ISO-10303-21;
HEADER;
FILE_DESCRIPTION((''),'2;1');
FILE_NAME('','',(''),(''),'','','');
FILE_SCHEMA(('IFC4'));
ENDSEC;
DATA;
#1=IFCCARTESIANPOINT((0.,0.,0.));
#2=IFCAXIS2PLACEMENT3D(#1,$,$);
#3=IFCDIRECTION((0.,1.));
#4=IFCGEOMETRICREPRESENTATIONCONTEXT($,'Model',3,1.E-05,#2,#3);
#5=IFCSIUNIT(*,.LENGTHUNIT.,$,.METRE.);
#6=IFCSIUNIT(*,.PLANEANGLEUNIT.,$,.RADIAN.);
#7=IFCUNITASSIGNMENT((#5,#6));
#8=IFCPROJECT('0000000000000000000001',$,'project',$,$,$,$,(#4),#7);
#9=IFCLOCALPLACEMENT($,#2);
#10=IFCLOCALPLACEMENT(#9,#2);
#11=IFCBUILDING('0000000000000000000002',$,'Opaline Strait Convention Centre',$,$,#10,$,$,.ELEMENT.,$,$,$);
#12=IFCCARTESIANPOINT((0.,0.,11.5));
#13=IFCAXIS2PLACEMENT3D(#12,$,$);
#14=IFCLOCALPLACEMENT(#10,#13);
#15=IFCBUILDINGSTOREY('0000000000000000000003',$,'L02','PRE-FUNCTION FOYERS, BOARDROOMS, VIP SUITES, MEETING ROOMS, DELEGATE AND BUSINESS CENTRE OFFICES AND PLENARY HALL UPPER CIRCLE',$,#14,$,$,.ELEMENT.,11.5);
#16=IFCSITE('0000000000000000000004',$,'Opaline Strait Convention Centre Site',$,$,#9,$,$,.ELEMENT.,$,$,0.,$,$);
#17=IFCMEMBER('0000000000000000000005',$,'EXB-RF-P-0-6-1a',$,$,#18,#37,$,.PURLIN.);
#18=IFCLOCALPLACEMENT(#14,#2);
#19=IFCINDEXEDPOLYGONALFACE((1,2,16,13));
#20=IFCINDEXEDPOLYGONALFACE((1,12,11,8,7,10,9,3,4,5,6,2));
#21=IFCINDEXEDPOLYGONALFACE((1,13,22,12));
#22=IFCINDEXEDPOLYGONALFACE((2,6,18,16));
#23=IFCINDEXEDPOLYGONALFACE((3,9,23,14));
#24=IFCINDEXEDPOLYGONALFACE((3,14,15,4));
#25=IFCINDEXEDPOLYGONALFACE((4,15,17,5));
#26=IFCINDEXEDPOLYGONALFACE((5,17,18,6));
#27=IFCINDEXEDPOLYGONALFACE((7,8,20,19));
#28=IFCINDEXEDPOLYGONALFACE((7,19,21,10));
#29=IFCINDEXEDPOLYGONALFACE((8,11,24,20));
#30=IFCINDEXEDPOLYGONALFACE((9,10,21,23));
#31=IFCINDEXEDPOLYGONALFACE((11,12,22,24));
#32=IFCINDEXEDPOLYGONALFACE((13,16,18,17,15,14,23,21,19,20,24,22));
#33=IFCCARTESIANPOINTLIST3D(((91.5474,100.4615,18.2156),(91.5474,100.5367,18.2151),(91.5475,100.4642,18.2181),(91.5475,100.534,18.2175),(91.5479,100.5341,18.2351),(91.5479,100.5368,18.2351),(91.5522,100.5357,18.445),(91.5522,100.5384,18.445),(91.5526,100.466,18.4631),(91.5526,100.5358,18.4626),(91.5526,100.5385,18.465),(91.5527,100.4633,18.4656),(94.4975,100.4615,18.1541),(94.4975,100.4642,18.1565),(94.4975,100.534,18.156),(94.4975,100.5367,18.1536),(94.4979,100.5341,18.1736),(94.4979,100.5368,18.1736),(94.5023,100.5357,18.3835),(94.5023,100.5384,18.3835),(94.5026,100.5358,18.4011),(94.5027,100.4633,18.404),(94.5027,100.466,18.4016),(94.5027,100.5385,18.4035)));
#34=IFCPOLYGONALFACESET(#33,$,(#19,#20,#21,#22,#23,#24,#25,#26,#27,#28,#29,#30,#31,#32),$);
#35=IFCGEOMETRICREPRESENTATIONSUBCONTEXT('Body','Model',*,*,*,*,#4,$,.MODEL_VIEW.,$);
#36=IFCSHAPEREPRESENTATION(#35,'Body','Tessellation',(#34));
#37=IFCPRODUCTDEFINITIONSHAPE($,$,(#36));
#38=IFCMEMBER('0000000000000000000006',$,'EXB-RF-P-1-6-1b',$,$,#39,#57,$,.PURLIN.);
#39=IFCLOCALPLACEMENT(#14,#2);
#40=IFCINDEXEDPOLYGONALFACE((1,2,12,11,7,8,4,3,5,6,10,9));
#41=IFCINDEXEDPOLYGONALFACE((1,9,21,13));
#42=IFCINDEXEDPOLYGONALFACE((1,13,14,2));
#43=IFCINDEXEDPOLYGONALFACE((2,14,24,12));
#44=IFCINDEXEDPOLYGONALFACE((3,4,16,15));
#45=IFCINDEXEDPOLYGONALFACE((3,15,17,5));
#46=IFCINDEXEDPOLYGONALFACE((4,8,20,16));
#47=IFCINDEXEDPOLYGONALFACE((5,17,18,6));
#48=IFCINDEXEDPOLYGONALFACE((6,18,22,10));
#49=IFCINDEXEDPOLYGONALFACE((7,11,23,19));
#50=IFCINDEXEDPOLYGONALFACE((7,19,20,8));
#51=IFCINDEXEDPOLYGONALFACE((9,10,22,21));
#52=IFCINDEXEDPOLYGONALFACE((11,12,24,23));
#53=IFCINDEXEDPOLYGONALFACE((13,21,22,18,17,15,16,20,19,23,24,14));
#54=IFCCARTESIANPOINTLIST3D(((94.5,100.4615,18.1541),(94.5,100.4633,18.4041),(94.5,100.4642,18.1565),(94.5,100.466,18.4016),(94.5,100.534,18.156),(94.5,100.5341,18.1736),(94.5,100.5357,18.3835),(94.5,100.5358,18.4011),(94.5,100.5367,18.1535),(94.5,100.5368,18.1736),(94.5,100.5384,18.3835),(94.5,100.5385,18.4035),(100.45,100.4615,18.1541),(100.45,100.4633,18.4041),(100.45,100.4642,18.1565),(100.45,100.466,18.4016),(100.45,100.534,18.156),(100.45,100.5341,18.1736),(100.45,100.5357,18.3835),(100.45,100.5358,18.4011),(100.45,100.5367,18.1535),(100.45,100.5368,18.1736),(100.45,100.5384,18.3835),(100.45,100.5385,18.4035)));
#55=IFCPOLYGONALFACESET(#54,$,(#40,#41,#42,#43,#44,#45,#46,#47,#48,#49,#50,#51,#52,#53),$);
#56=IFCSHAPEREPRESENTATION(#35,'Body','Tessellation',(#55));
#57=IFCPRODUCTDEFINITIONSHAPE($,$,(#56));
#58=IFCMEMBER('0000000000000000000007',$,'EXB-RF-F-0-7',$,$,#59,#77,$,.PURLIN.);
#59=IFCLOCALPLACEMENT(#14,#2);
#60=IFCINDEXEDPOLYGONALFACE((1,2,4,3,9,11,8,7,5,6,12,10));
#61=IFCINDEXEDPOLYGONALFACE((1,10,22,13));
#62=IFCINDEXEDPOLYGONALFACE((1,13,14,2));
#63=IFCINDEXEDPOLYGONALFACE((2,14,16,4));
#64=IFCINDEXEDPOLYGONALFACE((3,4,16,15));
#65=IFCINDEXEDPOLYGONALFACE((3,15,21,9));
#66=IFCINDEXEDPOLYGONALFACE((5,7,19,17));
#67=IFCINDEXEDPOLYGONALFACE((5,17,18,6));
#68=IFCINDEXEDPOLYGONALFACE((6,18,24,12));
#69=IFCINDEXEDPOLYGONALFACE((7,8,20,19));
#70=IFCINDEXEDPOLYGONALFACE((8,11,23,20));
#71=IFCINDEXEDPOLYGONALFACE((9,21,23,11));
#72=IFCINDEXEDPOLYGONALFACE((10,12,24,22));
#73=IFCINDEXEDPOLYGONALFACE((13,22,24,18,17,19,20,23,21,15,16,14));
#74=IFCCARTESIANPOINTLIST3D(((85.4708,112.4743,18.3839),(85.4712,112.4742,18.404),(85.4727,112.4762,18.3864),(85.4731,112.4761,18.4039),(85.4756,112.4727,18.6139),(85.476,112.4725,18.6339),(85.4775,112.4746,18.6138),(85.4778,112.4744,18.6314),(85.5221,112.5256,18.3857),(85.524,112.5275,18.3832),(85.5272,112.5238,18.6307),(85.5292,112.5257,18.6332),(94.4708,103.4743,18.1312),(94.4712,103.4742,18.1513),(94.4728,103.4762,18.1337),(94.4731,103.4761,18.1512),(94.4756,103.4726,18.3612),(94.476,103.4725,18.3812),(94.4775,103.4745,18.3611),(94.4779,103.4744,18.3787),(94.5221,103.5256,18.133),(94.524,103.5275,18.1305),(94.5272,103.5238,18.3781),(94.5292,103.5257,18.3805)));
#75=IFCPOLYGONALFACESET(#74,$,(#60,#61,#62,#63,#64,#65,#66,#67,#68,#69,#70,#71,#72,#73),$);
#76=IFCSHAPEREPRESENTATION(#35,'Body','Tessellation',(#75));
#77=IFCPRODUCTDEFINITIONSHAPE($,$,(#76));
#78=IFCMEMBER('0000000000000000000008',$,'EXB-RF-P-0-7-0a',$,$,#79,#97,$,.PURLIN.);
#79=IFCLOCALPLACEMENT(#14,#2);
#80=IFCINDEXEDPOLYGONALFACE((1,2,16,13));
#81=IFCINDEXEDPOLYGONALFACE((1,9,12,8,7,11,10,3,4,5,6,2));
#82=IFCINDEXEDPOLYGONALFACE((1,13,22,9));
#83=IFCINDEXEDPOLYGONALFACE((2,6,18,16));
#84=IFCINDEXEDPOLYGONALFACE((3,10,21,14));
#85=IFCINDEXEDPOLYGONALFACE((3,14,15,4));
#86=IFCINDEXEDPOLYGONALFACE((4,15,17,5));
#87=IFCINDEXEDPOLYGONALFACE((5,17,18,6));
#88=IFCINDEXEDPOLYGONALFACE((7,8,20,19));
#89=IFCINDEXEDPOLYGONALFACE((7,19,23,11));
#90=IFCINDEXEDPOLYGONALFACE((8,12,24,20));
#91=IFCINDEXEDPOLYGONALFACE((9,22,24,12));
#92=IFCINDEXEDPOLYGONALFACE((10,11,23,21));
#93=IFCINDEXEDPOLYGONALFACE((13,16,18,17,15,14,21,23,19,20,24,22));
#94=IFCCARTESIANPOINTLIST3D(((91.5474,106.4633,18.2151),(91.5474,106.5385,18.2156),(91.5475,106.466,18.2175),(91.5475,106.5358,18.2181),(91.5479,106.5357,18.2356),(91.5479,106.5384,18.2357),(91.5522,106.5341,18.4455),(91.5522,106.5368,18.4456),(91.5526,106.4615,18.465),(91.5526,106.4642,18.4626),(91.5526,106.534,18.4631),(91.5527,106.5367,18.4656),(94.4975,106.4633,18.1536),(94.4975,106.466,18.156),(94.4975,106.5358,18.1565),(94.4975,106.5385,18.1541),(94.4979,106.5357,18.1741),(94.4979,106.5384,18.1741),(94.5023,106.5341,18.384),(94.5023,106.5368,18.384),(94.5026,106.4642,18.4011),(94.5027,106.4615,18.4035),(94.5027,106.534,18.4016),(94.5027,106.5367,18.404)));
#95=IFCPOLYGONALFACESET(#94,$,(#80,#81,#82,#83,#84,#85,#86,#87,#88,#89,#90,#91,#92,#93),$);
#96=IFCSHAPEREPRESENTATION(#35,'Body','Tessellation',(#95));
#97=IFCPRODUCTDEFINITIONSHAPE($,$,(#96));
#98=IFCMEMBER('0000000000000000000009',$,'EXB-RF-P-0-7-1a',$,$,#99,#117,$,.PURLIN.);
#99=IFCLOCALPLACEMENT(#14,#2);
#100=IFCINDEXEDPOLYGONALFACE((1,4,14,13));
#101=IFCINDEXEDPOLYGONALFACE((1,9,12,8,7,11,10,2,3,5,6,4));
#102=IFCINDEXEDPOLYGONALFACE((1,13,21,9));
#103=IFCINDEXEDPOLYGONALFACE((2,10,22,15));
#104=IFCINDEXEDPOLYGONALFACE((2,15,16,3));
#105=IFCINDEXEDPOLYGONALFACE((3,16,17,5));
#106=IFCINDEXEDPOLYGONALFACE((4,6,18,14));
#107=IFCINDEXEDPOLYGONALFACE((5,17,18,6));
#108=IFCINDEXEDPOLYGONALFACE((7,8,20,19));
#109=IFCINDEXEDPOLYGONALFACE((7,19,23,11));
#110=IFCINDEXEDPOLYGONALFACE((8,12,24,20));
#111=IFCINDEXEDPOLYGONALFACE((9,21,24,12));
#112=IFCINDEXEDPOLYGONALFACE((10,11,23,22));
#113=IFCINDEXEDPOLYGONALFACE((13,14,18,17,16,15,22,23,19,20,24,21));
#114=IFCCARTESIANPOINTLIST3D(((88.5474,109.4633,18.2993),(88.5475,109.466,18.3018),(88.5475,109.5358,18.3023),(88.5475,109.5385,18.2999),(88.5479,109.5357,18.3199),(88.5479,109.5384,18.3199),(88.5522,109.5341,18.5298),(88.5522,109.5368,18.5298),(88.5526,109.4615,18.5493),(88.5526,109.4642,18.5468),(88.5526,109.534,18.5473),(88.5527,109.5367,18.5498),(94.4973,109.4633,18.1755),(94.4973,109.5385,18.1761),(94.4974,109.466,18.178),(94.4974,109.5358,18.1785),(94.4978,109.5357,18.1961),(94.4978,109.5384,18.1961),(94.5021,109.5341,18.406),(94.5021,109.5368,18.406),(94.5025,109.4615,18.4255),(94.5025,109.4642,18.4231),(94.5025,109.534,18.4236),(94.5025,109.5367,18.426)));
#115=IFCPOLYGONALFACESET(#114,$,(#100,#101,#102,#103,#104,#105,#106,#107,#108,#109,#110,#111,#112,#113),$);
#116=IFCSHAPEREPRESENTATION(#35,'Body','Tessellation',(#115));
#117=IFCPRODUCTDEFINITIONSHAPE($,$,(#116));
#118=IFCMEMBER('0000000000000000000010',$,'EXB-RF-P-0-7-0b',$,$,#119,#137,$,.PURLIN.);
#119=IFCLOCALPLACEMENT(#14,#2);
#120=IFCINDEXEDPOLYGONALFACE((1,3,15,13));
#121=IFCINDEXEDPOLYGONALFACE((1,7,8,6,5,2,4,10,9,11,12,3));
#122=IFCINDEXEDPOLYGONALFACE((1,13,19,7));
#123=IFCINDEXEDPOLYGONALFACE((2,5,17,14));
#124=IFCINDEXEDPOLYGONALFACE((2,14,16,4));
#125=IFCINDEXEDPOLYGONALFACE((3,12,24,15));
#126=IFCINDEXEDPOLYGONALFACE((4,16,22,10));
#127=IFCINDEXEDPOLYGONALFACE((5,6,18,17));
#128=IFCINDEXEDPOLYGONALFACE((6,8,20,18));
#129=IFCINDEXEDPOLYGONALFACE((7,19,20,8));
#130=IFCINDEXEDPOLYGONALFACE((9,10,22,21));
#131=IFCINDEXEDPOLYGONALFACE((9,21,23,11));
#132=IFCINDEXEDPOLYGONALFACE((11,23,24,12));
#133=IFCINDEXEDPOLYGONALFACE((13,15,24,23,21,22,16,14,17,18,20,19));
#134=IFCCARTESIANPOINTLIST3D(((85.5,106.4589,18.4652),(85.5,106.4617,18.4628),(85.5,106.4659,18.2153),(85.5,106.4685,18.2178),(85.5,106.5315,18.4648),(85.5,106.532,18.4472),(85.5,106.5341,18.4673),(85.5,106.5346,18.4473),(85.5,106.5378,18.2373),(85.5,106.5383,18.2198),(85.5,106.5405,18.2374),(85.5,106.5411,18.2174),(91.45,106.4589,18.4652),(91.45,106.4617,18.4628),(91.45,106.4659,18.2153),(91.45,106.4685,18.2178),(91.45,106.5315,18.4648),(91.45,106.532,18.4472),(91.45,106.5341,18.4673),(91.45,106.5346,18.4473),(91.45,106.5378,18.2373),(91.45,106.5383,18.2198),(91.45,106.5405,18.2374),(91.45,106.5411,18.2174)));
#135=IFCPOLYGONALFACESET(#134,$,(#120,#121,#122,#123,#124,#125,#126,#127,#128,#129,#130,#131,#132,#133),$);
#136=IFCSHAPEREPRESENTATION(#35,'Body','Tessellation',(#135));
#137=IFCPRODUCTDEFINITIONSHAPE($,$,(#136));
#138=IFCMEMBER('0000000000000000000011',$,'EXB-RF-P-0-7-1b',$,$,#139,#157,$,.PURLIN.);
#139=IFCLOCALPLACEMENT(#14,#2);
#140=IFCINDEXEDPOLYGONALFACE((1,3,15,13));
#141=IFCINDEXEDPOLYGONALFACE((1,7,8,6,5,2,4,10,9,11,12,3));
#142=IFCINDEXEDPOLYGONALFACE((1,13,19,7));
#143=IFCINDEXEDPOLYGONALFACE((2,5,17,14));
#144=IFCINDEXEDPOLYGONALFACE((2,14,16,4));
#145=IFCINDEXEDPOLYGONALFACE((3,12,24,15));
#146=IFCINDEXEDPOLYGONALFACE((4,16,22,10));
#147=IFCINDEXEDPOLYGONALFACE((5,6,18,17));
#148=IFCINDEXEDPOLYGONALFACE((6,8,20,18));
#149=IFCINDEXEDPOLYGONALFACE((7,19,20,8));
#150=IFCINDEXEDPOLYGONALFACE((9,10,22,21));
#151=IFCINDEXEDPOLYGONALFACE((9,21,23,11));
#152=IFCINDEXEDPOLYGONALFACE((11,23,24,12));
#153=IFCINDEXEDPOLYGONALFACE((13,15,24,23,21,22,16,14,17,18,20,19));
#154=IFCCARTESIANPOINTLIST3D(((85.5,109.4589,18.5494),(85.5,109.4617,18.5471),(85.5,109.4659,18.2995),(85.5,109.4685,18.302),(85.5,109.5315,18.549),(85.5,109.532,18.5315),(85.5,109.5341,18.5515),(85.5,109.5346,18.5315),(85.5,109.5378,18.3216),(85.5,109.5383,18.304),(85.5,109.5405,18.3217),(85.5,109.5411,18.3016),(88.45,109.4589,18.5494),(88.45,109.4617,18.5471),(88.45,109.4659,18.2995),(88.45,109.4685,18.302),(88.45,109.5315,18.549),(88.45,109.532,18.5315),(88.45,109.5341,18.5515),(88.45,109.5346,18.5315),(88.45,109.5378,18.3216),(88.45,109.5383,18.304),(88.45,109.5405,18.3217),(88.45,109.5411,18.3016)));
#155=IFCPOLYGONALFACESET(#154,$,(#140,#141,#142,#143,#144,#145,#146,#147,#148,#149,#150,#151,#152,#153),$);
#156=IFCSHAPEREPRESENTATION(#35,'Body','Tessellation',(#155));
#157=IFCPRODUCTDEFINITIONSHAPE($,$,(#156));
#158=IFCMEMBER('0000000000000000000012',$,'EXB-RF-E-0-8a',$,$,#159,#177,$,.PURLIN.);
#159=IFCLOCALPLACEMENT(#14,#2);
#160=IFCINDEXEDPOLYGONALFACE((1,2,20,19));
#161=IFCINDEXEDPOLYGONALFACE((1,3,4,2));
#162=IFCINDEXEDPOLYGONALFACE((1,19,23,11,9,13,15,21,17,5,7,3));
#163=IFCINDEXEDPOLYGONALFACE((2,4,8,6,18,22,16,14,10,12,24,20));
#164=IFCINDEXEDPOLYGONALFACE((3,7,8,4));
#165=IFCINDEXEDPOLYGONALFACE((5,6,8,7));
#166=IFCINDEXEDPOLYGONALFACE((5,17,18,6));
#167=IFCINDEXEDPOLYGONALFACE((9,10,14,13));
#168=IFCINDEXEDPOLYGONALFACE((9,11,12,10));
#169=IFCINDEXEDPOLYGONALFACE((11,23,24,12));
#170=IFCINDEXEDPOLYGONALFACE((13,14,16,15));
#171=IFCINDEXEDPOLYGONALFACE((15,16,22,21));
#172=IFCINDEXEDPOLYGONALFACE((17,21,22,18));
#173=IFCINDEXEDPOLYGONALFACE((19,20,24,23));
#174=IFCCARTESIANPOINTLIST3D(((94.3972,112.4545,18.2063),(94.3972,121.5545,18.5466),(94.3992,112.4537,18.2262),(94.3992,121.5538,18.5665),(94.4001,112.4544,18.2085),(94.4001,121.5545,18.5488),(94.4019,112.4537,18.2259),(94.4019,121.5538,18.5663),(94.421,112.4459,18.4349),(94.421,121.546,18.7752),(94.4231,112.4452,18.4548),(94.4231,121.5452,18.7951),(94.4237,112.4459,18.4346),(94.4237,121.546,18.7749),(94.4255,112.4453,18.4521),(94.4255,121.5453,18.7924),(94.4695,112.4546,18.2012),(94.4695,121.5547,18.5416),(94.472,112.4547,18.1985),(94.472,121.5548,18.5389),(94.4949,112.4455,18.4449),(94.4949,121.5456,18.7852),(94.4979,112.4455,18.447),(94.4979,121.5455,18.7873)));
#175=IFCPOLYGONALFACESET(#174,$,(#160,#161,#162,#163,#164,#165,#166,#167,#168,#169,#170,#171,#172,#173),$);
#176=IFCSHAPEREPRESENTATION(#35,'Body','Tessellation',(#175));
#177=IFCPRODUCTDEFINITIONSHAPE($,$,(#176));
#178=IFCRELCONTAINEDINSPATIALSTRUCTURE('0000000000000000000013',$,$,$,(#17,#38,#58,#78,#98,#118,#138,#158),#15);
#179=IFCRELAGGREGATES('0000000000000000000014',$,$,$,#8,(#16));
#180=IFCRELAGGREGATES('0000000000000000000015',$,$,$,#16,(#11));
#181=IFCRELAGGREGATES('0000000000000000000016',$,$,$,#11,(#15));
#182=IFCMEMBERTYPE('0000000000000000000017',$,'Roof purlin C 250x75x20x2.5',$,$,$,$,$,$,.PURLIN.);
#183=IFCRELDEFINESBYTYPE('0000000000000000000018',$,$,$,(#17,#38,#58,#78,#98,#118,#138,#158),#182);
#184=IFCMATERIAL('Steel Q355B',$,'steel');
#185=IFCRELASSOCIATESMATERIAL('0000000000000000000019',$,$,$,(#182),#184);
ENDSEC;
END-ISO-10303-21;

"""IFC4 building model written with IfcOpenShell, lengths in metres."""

from ifc_helpers import new_model, si_unit, direction, frame, origin, place, context, subcontext, project, spatial, polyline, outline, extrude, material, material_profile, profile_set, type_object, element, save


model = new_model("IFC4")

# Units and contexts
model_context = context("Model", 3, precision=1e-05, world=origin(), true_north=direction((0.0, 1.0)))
body_context = subcontext(model_context, "Body", "Model", "MODEL_VIEW")
ifc_project = project(units=[si_unit("LENGTHUNIT", "METRE"), si_unit("PLANEANGLEUNIT", "RADIAN")], contexts=[model_context])

# Site, building, storey
site_placement = place(None, origin())
site = spatial("IfcSite", under=ifc_project, at=site_placement, Name="Opaline Strait Convention Centre Site", CompositionType="ELEMENT", RefElevation=0.0)
building_placement = place(site_placement, origin())
building = spatial("IfcBuilding", under=site, at=building_placement, Name="Opaline Strait Convention Centre", CompositionType="ELEMENT")
storey_placement = place(building_placement, frame((0.0, 0.0, 11.5)))
storey = spatial("IfcBuildingStorey", under=building, at=storey_placement, Name="L02", Description="PRE-FUNCTION FOYERS, BOARDROOMS, VIP SUITES, MEETING ROOMS, DELEGATE AND BUSINESS CENTRE OFFICES AND PLENARY HALL UPPER CIRCLE", CompositionType="ELEMENT", Elevation=11.5)

# Members
ifc_material_1 = material(Name="Steel Q355B", Category="steel")
ifc_material_profile_1 = material_profile(ifc_material_1, outline(polyline([(-0.0376, -0.125), (0.0376, -0.125), (0.0376, -0.105), (0.0349, -0.105), (0.0349, -0.1226), (-0.0349, -0.1226), (-0.0349, 0.1226), (0.0349, 0.1226), (0.0349, 0.105), (0.0376, 0.105), (0.0376, 0.125), (-0.0376, 0.125), (-0.0376, -0.125)])), Name="C 250x75x20x2.5")
ifc_profile_set_1 = profile_set([ifc_material_profile_1], Name="Steel Q355B")
member_type_1 = type_object("IfcMemberType", Name="Roof purlin C 250x75x20x2.5", PredefinedType="PURLIN", material=ifc_profile_set_1)
member_1_placement = place(storey_placement, frame((91.55, 100.5, 18.3403), z_axis=(0.999783, 0.0, -0.020851), x_axis=(-0.000152, 0.999974, -0.007273)))
element("IfcMember", 1, at=member_1_placement, inside=storey, type_object=member_type_1, Name="EXB-RF-P-0-6-1a", PredefinedType="PURLIN", context=body_context, shape_type="SweptSolid", body=[
    extrude(outline(polyline([(-0.0376, -0.125), (0.0376, -0.125), (0.0376, -0.105), (0.0349, -0.105), (0.0349, -0.1226), (-0.0349, -0.1226), (-0.0349, 0.1226), (0.0349, 0.1226), (0.0349, 0.105), (0.0376, 0.105), (0.0376, 0.125), (-0.0376, 0.125), (-0.0376, -0.125)])), origin(), (0.0, 0.0, 1.0), 2.9507),
])
member_2_placement = place(storey_placement, frame((94.5, 100.5, 18.2788), z_axis=(1.0, 0.0, 0.0), x_axis=(0.0, 0.999974, -0.007274)))
element("IfcMember", 2, at=member_2_placement, inside=storey, type_object=member_type_1, Name="EXB-RF-P-1-6-1b", PredefinedType="PURLIN", context=body_context, shape_type="SweptSolid", body=[
    extrude(outline(polyline([(-0.0376, -0.125), (0.0376, -0.125), (0.0376, -0.105), (0.0349, -0.105), (0.0349, -0.1226), (-0.0349, -0.1226), (-0.0349, 0.1226), (0.0349, 0.1226), (0.0349, 0.105), (0.0376, 0.105), (0.0376, 0.125), (-0.0376, 0.125), (-0.0376, -0.125)])), origin(), (0.0, 0.0, 1.0), 5.95),
])
member_3_placement = place(storey_placement, frame((94.5, 103.5, 18.2559), z_axis=(-0.706967, 0.706967, 0.019849), x_axis=(-0.70694, -0.707209, 0.009562)))
element("IfcMember", 3, at=member_3_placement, inside=storey, type_object=member_type_1, Name="EXB-RF-F-0-7", PredefinedType="PURLIN", context=body_context, shape_type="SweptSolid", body=[
    extrude(outline(polyline([(-0.0376, -0.125), (0.0376, -0.125), (0.0376, -0.105), (0.0349, -0.105), (0.0349, -0.1226), (-0.0349, -0.1226), (-0.0349, 0.1226), (0.0349, 0.1226), (0.0349, 0.105), (0.0376, 0.105), (0.0376, 0.125), (-0.0376, 0.125), (-0.0376, -0.125)])), origin(), (0.0, 0.0, 1.0), 12.7305),
])
member_4_placement = place(storey_placement, frame((91.55, 106.5, 18.3403), z_axis=(0.999783, 0.0, -0.020851), x_axis=(0.000152, 0.999974, 0.007273)))
element("IfcMember", 4, at=member_4_placement, inside=storey, type_object=member_type_1, Name="EXB-RF-P-0-7-0a", PredefinedType="PURLIN", context=body_context, shape_type="SweptSolid", body=[
    extrude(outline(polyline([(-0.0376, -0.125), (0.0376, -0.125), (0.0376, -0.105), (0.0349, -0.105), (0.0349, -0.1226), (-0.0349, -0.1226), (-0.0349, 0.1226), (0.0349, 0.1226), (0.0349, 0.105), (0.0376, 0.105), (0.0376, 0.125), (-0.0376, 0.125), (-0.0376, -0.125)])), origin(), (0.0, 0.0, 1.0), 2.9507),
])
member_5_placement = place(storey_placement, frame((88.55, 109.5, 18.4246), z_axis=(0.999784, 0.0, -0.020799), x_axis=(0.000151, 0.999974, 0.007273)))
element("IfcMember", 5, at=member_5_placement, inside=storey, type_object=member_type_1, Name="EXB-RF-P-0-7-1a", PredefinedType="PURLIN", context=body_context, shape_type="SweptSolid", body=[
    extrude(outline(polyline([(-0.0376, -0.125), (0.0376, -0.125), (0.0376, -0.105), (0.0349, -0.105), (0.0349, -0.1226), (-0.0349, -0.1226), (-0.0349, 0.1226), (0.0349, 0.1226), (0.0349, 0.105), (0.0376, 0.105), (0.0376, 0.125), (-0.0376, 0.125), (-0.0376, -0.125)])), origin(), (0.0, 0.0, 1.0), 5.9512),
])
member_6_placement = place(storey_placement, frame((85.5, 106.5, 18.3413), z_axis=(1.0, 0.0, 0.0), x_axis=(0.0, 0.999606, 0.028066)))
element("IfcMember", 6, at=member_6_placement, inside=storey, type_object=member_type_1, Name="EXB-RF-P-0-7-0b", PredefinedType="PURLIN", context=body_context, shape_type="SweptSolid", body=[
    extrude(outline(polyline([(-0.0376, -0.125), (0.0376, -0.125), (0.0376, -0.105), (0.0349, -0.105), (0.0349, -0.1226), (-0.0349, -0.1226), (-0.0349, 0.1226), (0.0349, 0.1226), (0.0349, 0.105), (0.0376, 0.105), (0.0376, 0.125), (-0.0376, 0.125), (-0.0376, -0.125)])), origin(), (0.0, 0.0, 1.0), 5.95),
])
member_7_placement = place(storey_placement, frame((85.5, 109.5, 18.4255), z_axis=(1.0, 0.0, 0.0), x_axis=(0.0, 0.999606, 0.028066)))
element("IfcMember", 7, at=member_7_placement, inside=storey, type_object=member_type_1, Name="EXB-RF-P-0-7-1b", PredefinedType="PURLIN", context=body_context, shape_type="SweptSolid", body=[
    extrude(outline(polyline([(-0.0376, -0.125), (0.0376, -0.125), (0.0376, -0.105), (0.0349, -0.105), (0.0349, -0.1226), (-0.0349, -0.1226), (-0.0349, 0.1226), (0.0349, 0.1226), (0.0349, 0.105), (0.0376, 0.105), (0.0376, 0.125), (-0.0376, 0.125), (-0.0376, -0.125)])), origin(), (0.0, 0.0, 1.0), 2.95),
])
member_8_placement = place(storey_placement, frame((94.4475, 112.45, 18.3267), z_axis=(0.0, 0.999301, 0.037373), x_axis=(-0.99462, -0.003871, 0.103515)))
element("IfcMember", 8, at=member_8_placement, inside=storey, type_object=member_type_1, Name="EXB-RF-E-0-8a", PredefinedType="PURLIN", context=body_context, shape_type="SweptSolid", body=[
    extrude(outline(polyline([(-0.0376, -0.125), (0.0376, -0.125), (0.0376, -0.105), (0.0349, -0.105), (0.0349, -0.1226), (-0.0349, -0.1226), (-0.0349, 0.1226), (0.0349, 0.1226), (0.0349, 0.105), (0.0376, 0.105), (0.0376, 0.125), (-0.0376, 0.125), (-0.0376, -0.125)])), origin(), (0.0, 0.0, 1.0), 9.1064),
])

save(model, "model.ifc")
